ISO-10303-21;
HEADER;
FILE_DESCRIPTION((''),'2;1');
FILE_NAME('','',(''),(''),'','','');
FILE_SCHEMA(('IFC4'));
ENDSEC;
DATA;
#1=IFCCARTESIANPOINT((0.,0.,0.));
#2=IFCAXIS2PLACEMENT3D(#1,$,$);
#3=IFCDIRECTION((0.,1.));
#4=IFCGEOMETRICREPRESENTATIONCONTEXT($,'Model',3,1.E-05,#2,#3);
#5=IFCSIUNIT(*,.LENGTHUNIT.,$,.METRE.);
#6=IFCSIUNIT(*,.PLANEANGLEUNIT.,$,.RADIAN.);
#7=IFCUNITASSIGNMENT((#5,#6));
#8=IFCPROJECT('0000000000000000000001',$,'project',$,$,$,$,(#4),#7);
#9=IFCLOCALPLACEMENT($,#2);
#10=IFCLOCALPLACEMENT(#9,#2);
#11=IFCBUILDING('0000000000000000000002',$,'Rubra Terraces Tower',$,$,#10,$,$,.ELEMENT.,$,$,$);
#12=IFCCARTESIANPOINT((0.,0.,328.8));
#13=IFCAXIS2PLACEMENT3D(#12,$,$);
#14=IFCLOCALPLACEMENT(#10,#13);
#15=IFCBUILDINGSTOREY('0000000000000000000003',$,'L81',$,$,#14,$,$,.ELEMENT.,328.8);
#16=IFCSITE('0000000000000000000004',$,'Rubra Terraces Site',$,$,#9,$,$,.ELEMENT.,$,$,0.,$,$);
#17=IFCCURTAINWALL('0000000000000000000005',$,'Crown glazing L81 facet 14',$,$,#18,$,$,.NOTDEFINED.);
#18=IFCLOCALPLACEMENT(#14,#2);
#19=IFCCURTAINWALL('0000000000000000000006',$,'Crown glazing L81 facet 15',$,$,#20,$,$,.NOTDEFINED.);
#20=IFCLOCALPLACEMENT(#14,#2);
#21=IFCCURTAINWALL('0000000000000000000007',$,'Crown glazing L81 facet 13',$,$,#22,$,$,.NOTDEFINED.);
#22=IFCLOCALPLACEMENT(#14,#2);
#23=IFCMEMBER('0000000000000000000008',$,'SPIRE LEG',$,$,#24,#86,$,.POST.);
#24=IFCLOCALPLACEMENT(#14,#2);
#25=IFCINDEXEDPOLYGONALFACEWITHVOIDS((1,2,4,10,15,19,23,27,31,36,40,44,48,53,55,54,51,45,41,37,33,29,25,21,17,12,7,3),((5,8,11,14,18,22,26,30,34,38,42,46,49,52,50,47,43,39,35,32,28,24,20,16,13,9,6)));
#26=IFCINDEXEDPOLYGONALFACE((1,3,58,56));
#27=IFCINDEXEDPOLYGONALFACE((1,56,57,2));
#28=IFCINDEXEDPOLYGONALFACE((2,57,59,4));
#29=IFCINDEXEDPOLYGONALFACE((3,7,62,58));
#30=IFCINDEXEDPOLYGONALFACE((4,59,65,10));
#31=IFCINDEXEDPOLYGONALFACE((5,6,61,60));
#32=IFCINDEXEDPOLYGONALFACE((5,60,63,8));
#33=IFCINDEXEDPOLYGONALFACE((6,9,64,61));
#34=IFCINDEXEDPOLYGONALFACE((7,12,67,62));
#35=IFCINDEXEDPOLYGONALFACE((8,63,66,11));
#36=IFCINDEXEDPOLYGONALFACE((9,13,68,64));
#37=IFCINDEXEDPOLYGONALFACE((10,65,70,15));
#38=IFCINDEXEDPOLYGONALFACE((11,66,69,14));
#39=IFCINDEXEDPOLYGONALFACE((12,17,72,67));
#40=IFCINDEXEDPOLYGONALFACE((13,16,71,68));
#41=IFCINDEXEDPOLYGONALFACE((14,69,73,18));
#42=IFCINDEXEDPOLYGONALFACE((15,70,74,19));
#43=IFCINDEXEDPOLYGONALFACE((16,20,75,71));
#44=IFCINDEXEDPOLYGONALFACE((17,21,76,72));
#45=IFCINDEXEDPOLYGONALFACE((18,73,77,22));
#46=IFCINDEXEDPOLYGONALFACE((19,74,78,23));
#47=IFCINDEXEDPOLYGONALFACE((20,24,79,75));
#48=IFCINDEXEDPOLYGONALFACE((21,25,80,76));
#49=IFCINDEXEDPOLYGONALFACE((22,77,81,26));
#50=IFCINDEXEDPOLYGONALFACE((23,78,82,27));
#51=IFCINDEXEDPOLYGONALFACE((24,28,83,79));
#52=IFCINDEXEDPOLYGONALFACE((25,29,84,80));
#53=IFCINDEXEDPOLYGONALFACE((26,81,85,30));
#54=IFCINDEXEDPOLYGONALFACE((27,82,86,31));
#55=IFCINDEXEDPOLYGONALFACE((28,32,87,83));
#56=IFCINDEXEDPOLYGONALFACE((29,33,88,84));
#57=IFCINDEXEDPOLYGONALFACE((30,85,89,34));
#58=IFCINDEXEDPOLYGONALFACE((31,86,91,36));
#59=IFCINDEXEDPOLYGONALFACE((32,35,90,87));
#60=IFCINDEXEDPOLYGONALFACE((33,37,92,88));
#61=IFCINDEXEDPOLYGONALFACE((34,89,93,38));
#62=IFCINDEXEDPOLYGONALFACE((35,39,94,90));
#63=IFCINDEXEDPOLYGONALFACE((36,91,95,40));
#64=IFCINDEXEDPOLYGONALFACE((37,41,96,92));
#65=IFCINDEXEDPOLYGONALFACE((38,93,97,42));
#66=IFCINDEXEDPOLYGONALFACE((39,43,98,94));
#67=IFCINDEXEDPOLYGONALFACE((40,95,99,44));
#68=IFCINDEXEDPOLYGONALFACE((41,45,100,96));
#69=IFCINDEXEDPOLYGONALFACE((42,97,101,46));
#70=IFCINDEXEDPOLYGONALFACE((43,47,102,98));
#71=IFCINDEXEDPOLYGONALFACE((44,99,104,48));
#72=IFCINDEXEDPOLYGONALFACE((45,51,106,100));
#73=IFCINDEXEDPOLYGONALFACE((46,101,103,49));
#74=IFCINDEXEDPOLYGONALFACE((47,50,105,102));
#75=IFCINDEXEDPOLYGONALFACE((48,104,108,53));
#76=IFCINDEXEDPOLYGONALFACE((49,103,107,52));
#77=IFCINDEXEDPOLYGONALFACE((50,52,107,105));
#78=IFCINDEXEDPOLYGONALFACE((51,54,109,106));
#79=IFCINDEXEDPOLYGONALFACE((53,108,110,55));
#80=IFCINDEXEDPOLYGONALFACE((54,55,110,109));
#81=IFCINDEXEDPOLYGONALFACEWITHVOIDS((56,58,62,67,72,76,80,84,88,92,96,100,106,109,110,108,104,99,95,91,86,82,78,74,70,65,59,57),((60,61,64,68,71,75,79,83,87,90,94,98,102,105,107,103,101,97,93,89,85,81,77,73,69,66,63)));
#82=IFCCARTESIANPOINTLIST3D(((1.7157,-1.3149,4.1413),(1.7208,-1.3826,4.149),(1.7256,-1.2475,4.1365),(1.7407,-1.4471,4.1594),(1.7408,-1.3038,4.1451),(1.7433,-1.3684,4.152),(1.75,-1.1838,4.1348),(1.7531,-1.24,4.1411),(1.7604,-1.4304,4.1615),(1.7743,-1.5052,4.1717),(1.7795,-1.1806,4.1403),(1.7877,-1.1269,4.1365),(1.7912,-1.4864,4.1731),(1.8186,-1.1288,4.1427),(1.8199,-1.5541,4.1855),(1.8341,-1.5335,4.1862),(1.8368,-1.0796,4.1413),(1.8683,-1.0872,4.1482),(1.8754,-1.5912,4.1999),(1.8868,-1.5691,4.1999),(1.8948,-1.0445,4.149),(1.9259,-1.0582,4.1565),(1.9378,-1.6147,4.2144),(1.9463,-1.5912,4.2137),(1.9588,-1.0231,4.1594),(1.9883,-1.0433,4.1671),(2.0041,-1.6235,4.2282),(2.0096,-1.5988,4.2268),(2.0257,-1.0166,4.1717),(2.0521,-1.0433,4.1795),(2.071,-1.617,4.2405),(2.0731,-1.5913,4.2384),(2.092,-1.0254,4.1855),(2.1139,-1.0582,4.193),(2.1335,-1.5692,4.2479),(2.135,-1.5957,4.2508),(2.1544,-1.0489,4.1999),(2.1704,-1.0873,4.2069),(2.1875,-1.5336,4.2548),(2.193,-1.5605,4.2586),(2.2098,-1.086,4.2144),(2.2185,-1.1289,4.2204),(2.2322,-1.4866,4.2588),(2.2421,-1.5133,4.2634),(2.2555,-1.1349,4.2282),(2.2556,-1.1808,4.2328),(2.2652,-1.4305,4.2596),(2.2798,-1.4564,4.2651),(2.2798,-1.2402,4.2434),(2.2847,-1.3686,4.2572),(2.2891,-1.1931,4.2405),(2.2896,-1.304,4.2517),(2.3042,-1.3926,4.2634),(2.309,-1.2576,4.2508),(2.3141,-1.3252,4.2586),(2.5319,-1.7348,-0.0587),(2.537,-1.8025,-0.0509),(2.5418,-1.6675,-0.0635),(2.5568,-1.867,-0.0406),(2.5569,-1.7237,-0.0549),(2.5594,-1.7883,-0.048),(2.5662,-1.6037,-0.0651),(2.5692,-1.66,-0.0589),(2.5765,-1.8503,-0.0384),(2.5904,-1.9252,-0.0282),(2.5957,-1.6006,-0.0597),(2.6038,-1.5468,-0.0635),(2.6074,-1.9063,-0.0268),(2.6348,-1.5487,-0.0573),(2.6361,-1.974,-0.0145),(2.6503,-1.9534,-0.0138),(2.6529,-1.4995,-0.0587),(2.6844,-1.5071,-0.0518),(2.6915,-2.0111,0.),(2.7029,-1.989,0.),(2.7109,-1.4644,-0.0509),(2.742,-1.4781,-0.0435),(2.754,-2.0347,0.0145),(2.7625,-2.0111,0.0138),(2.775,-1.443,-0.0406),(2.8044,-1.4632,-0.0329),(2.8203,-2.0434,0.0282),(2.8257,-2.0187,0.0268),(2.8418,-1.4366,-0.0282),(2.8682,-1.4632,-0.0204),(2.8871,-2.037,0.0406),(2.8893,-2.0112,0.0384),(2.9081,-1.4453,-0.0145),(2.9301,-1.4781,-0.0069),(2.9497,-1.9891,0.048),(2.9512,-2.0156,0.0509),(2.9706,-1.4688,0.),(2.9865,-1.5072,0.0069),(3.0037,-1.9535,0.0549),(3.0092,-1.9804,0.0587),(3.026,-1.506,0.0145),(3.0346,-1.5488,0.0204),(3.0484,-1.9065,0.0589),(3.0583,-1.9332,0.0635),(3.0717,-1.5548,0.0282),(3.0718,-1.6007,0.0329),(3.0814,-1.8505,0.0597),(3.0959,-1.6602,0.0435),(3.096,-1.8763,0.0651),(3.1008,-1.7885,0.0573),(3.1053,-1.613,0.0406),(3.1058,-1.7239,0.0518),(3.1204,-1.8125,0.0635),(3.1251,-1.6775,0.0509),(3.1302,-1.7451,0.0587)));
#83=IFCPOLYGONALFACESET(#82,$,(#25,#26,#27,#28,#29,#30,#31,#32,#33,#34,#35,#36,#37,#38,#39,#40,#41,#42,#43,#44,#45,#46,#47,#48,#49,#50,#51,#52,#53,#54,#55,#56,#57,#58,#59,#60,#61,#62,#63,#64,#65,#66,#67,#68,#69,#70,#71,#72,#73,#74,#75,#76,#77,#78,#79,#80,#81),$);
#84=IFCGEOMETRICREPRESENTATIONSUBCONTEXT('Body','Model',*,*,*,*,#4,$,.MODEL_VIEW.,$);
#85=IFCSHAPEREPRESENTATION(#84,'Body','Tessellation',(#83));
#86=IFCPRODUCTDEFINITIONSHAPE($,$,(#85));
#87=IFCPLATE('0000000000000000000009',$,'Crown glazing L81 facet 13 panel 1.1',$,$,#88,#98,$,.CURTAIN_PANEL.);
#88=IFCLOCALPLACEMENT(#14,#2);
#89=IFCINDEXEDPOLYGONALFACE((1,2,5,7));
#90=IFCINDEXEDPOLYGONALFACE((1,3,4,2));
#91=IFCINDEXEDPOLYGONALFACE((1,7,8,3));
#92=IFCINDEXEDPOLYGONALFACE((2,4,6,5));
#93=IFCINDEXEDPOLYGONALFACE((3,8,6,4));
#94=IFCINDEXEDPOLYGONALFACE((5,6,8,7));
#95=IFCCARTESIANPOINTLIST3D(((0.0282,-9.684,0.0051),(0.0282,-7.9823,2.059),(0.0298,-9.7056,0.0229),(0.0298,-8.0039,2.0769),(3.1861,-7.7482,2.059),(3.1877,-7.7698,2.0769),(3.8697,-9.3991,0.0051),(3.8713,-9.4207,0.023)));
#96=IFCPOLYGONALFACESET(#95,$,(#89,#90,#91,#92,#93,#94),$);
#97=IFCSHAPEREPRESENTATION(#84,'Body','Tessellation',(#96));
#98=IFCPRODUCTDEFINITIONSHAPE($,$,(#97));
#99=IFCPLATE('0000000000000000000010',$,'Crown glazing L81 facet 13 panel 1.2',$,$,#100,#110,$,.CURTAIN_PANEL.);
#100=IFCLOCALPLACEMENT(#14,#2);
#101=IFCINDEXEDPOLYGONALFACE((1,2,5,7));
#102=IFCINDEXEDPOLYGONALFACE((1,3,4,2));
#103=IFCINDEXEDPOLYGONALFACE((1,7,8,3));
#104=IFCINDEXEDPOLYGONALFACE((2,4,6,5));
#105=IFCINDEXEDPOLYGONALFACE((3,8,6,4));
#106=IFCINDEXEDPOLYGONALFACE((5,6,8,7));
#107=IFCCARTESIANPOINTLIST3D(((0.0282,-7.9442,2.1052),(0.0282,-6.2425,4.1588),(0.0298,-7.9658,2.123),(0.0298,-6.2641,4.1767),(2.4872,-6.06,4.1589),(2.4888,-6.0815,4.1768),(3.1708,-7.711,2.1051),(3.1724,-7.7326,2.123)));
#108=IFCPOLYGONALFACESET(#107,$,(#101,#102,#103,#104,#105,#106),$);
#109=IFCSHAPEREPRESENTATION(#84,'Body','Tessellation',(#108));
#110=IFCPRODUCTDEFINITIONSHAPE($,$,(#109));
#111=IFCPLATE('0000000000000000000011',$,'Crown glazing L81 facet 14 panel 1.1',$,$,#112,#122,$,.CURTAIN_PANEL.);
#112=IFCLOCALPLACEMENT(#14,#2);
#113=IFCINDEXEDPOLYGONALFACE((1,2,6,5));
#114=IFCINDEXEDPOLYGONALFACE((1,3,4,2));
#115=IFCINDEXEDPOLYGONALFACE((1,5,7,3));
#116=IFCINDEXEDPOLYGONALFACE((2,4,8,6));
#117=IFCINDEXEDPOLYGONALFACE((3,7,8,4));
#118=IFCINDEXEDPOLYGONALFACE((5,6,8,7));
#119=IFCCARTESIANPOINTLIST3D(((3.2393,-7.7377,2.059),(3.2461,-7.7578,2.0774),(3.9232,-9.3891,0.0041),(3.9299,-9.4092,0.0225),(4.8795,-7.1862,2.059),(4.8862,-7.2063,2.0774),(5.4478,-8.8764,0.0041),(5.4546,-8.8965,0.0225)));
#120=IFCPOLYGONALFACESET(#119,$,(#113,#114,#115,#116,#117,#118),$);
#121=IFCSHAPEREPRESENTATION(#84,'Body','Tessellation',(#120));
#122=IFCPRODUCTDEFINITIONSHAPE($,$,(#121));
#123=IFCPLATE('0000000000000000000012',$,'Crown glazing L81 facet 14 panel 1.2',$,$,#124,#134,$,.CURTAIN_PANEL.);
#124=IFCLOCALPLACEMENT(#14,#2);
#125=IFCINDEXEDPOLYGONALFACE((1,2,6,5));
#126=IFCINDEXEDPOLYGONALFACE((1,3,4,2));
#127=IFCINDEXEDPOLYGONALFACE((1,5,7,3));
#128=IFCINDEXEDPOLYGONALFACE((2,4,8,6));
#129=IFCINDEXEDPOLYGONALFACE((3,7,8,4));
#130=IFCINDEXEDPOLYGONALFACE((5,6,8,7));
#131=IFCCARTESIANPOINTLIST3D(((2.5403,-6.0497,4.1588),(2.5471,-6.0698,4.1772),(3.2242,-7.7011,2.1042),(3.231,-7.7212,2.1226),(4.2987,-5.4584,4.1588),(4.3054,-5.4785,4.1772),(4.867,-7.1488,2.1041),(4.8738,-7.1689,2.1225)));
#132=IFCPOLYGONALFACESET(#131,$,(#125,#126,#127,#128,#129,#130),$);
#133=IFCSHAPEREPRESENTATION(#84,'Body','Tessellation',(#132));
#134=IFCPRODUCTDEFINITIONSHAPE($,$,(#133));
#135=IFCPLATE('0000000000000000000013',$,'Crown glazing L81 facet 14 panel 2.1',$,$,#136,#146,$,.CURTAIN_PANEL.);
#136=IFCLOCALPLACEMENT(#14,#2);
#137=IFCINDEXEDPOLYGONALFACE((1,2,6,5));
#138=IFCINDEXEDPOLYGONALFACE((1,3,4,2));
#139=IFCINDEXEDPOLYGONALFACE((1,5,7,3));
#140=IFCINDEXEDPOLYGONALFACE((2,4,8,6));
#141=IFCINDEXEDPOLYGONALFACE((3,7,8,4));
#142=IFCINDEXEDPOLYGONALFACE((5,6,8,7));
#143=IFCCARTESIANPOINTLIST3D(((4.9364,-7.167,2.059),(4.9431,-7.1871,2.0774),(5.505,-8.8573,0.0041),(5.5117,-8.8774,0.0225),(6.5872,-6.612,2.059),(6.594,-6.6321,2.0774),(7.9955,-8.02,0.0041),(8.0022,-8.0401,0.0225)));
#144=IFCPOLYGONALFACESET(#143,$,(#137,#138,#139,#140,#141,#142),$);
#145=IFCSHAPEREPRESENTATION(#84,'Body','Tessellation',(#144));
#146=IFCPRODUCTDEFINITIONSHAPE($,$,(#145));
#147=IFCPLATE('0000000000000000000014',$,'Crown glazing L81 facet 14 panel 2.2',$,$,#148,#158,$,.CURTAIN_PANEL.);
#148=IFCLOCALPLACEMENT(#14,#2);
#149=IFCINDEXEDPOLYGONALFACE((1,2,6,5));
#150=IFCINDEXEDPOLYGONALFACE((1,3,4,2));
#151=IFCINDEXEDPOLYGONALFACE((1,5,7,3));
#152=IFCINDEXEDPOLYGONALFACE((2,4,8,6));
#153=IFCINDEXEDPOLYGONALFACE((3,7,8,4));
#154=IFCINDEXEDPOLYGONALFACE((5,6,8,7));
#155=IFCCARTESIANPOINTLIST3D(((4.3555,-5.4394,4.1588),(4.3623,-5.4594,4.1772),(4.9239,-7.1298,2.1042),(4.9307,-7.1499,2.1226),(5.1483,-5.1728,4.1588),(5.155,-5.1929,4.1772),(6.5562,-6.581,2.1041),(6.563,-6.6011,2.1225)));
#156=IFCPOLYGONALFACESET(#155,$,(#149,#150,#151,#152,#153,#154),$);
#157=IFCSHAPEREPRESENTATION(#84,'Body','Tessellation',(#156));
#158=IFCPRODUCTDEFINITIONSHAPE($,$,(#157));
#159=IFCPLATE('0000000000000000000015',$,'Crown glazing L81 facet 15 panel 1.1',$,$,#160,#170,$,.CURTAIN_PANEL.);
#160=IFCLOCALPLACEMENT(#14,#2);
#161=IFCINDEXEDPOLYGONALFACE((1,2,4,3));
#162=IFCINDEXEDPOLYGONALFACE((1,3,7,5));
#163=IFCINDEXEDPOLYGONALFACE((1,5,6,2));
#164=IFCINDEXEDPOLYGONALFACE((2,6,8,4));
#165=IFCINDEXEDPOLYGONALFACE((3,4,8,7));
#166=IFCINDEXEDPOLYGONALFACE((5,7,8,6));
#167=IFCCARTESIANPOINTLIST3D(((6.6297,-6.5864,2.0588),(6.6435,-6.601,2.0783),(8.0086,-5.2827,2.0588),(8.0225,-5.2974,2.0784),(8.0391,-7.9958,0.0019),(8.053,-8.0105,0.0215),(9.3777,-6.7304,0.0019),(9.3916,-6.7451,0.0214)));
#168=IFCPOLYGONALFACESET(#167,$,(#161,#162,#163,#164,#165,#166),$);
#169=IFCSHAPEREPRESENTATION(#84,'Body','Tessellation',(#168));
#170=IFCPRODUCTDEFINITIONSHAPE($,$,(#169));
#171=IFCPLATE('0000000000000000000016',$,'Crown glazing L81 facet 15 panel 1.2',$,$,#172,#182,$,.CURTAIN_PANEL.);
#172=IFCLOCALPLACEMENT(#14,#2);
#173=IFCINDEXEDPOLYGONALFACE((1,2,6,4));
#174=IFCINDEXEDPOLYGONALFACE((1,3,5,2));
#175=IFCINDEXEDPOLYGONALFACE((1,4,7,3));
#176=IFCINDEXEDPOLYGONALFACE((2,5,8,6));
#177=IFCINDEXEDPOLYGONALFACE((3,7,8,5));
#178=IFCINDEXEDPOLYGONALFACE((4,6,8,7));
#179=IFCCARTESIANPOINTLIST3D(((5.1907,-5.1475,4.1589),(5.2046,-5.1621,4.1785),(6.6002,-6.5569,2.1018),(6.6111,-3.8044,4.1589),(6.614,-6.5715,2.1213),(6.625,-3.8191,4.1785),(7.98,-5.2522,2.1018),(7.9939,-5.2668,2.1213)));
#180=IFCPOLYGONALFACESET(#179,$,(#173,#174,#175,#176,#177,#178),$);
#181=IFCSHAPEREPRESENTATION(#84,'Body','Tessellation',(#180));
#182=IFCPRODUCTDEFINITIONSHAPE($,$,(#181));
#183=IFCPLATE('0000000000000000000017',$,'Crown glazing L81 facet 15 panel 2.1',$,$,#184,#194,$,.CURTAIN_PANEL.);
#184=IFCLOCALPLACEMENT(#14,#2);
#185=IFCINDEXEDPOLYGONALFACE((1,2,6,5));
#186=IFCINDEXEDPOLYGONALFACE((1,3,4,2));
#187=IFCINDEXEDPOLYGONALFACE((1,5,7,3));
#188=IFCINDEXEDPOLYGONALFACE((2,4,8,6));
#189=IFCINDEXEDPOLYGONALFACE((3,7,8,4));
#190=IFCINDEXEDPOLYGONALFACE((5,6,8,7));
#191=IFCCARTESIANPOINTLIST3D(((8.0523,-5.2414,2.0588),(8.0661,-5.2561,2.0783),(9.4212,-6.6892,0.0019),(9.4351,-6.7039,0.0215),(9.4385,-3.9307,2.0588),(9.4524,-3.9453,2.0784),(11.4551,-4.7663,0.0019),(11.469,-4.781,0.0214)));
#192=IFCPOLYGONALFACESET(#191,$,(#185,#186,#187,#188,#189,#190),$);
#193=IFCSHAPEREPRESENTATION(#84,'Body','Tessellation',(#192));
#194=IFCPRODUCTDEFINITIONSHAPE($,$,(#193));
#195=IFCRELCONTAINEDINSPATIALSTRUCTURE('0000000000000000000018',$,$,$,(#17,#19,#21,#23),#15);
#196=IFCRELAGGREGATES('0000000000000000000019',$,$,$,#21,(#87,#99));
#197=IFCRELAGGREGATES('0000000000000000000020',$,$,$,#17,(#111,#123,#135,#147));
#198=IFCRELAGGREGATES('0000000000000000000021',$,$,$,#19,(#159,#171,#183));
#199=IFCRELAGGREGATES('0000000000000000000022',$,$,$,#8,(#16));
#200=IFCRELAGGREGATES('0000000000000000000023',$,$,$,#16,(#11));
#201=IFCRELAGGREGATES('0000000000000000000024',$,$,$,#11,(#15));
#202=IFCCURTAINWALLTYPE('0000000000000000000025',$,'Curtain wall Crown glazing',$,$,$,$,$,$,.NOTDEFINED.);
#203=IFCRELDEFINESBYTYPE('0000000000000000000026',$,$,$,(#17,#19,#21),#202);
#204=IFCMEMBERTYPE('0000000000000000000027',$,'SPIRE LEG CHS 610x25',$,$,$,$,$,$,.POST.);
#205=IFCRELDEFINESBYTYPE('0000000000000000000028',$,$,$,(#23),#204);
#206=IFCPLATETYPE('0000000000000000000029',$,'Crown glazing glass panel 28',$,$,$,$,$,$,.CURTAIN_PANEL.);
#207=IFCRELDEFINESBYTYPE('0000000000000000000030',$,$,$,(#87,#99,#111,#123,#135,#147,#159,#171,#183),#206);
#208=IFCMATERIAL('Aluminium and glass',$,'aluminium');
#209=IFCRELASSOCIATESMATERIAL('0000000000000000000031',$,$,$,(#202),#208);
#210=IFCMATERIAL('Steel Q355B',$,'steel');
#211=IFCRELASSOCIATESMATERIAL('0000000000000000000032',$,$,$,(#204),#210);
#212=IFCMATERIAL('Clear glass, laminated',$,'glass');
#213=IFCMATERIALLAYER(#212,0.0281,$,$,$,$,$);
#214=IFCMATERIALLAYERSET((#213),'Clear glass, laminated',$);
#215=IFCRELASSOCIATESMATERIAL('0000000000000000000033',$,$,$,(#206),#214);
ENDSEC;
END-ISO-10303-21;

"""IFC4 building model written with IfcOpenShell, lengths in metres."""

from ifc_helpers import new_model, si_unit, direction, frame, origin, origin_2d, place, context, subcontext, project, spatial, polyline, hollow_circle, outline, extrude, material, layer, layer_set, material_profile, profile_set, type_object, element, aggregate, save


model = new_model("IFC4")

# Units and contexts
model_context = context("Model", 3, precision=1e-05, world=origin(), true_north=direction((0.0, 1.0)))
body_context = subcontext(model_context, "Body", "Model", "MODEL_VIEW")
ifc_project = project(units=[si_unit("LENGTHUNIT", "METRE"), si_unit("PLANEANGLEUNIT", "RADIAN")], contexts=[model_context])

# Site, building, storey
site_placement = place(None, origin())
site = spatial("IfcSite", under=ifc_project, at=site_placement, Name="Rubra Terraces Site", CompositionType="ELEMENT", RefElevation=0.0)
building_placement = place(site_placement, origin())
building = spatial("IfcBuilding", under=site, at=building_placement, Name="Rubra Terraces Tower", CompositionType="ELEMENT")
storey_placement = place(building_placement, frame((0.0, 0.0, 328.8)))
storey = spatial("IfcBuildingStorey", under=building, at=storey_placement, Name="L81", CompositionType="ELEMENT", Elevation=328.8)

# Shared definitions
ifc_material_1 = material(Name="Steel Q355B", Category="steel")

# Curtain walls
ifc_material_2 = material(Name="Aluminium and glass", Category="aluminium")
curtain_wall_type = type_object("IfcCurtainWallType", Name="Curtain wall Crown glazing", PredefinedType="NOTDEFINED", material=ifc_material_2)
curtain_wall_1_placement = place(storey_placement, origin())
curtain_wall_1 = element("IfcCurtainWall", 1, at=curtain_wall_1_placement, inside=storey, type_object=curtain_wall_type, Name="Crown glazing L81 facet 14", PredefinedType="NOTDEFINED")
curtain_wall_2_placement = place(storey_placement, origin())
curtain_wall_2 = element("IfcCurtainWall", 2, at=curtain_wall_2_placement, inside=storey, type_object=curtain_wall_type, Name="Crown glazing L81 facet 15", PredefinedType="NOTDEFINED")

# Curtain wall
curtain_wall_3_placement = place(storey_placement, origin())
curtain_wall_3 = element("IfcCurtainWall", 3, at=curtain_wall_3_placement, inside=storey, type_object=curtain_wall_type, Name="Crown glazing L81 facet 13", PredefinedType="NOTDEFINED")

# Member
ifc_material_profile_1 = material_profile(ifc_material_1, hollow_circle(Radius=0.3049, WallThickness=0.0249, at=origin_2d()), Name="CHS 610x25")
ifc_profile_set_1 = profile_set([ifc_material_profile_1], Name="Steel Q355B")
member_type_1 = type_object("IfcMemberType", Name="SPIRE LEG CHS 610x25", PredefinedType="POST", material=ifc_profile_set_1)
member_1_placement = place(storey_placement, frame((2.8311, -1.74, 0.0), z_axis=(-0.189846, 0.097677, 0.976943), x_axis=(-0.457504, -0.889207, 0.0)))
element("IfcMember", 4, at=member_1_placement, inside=storey, type_object=member_type_1, Name="SPIRE LEG", PredefinedType="POST", context=body_context, shape_type="SweptSolid", body=[
    extrude(hollow_circle(Radius=0.3049, WallThickness=0.0249, at=origin_2d()), origin(), (0.0, 0.0, 1.0), 4.2991),
])

# Plates
ifc_material_3 = material(Name="Clear glass, laminated", Category="glass")
ifc_layer = layer(ifc_material_3, 0.0281)
ifc_layer_set = layer_set([ifc_layer], Name="Clear glass, laminated")
plate_type = type_object("IfcPlateType", Name="Crown glazing glass panel 28", PredefinedType="CURTAIN_PANEL", material=ifc_layer_set)
plate_1_placement = place(storey_placement, frame((0.0298, -9.7056, 0.0229), z_axis=(0.057011, -0.768812, 0.636928), x_axis=(0.997262, 0.073956, 0.000006)))
plate_1 = element("IfcPlate", 5, at=plate_1_placement, type_object=plate_type, Name="Crown glazing L81 facet 13 panel 1.1", PredefinedType="CURTAIN_PANEL", context=body_context, shape_type="SweptSolid", body=[
    extrude(outline(polyline([(0.0, 0.0), (3.8521, 0.0), (3.2925, 2.6643), (0.1259, 2.6643), (0.0, 0.0)])), origin(), (0.0, 0.0, -1.0), 0.0281),
])
plate_2_placement = place(storey_placement, frame((0.0298, -7.9658, 2.123), z_axis=(0.05706, -0.768746, 0.637004), x_axis=(0.997258, 0.074008, -0.000016)))
plate_2 = element("IfcPlate", 6, at=plate_2_placement, type_object=plate_type, Name="Crown glazing L81 facet 13 panel 1.2", PredefinedType="CURTAIN_PANEL", context=body_context, shape_type="SweptSolid", body=[
    extrude(outline(polyline([(0.0, 0.0), (3.1512, 0.0), (2.5917, 2.6642), (0.1259, 2.6641), (0.0, 0.0)])), origin(), (0.0, 0.0, -1.0), 0.0281),
])
aggregate(curtain_wall_3, [plate_1, plate_2])
plate_3_placement = place(storey_placement, frame((3.9299, -9.4092, 0.0225), z_axis=(0.240728, -0.715889, 0.655403), x_axis=(0.947846, 0.318729, 0.000002)))
plate_3 = element("IfcPlate", 7, at=plate_3_placement, type_object=plate_type, Name="Crown glazing L81 facet 14 panel 1.1", PredefinedType="CURTAIN_PANEL", context=body_context, shape_type="SweptSolid", body=[
    extrude(outline(polyline([(0.0, 0.0), (1.6086, 0.0), (1.6085, 2.7208), (-0.1218, 2.7208), (0.0, 0.0)])), origin(), (0.0, 0.0, -1.0), 0.0281),
])
plate_4_placement = place(storey_placement, frame((3.231, -7.7212, 2.1226), z_axis=(0.240686, -0.71584, 0.655472), x_axis=(0.947866, 0.31867, -0.000032)))
plate_4 = element("IfcPlate", 8, at=plate_4_placement, type_object=plate_type, Name="Crown glazing L81 facet 14 panel 1.2", PredefinedType="CURTAIN_PANEL", context=body_context, shape_type="SweptSolid", body=[
    extrude(outline(polyline([(0.0, 0.0), (1.7332, 0.0), (1.7331, 2.7207), (-0.122, 2.7206), (0.0, 0.0)])), origin(), (0.0, 0.0, -1.0), 0.0281),
])
plate_5_placement = place(storey_placement, frame((5.5117, -8.8774, 0.0225), z_axis=(0.240676, -0.715866, 0.655448), x_axis=(0.947859, 0.318689, 0.000017)))
plate_5 = element("IfcPlate", 9, at=plate_5_placement, type_object=plate_type, Name="Crown glazing L81 facet 14 panel 2.1", PredefinedType="CURTAIN_PANEL", context=body_context, shape_type="SweptSolid", body=[
    extrude(outline(polyline([(0.0, 0.0), (2.6275, 0.0), (1.7415, 2.7209), (-0.0002, 2.721), (0.0, 0.0)])), origin(), (0.0, 0.0, -1.0), 0.0281),
])
plate_6_placement = place(storey_placement, frame((4.9307, -7.1499, 2.1226), z_axis=(0.240693, -0.715808, 0.655504), x_axis=(0.947853, 0.318707, -0.000012)))
plate_6 = element("IfcPlate", 10, at=plate_6_placement, type_object=plate_type, Name="Crown glazing L81 facet 14 panel 2.2", PredefinedType="CURTAIN_PANEL", context=body_context, shape_type="SweptSolid", body=[
    extrude(outline(polyline([(0.0, 0.0), (1.7221, 0.0), (0.8364, 2.7208), (0.0, 2.7207), (0.0, 0.0)])), origin(), (0.0, 0.0, -1.0), 0.0281),
])
aggregate(curtain_wall_1, [plate_3, plate_4, plate_5, plate_6])
plate_7_placement = place(storey_placement, frame((8.053, -8.0105, 0.0215), z_axis=(0.493427, -0.521937, 0.695781), x_axis=(0.726691, 0.686965, -0.000024)))
plate_7 = element("IfcPlate", 11, at=plate_7_placement, type_object=plate_type, Name="Crown glazing L81 facet 15 panel 1.1", PredefinedType="CURTAIN_PANEL", context=body_context, shape_type="SweptSolid", body=[
    extrude(outline(polyline([(0.0, 0.0), (1.842, 0.0), (1.8416, 2.8638), (-0.056, 2.8637), (0.0, 0.0)])), origin(), (0.0, 0.0, -1.0), 0.0281),
])
plate_8_placement = place(storey_placement, frame((6.614, -6.5715, 2.1213), z_axis=(0.493502, -0.521942, 0.695724), x_axis=(0.726627, 0.687032, -0.000001)))
plate_8 = element("IfcPlate", 12, at=plate_8_placement, type_object=plate_type, Name="Crown glazing L81 facet 15 panel 1.2", PredefinedType="CURTAIN_PANEL", context=body_context, shape_type="SweptSolid", body=[
    extrude(outline(polyline([(0.0, 0.0), (1.899, 0.0), (1.899, 2.8639), (-0.0558, 2.8638), (0.0, 0.0)])), origin(), (0.0, 0.0, -1.0), 0.0281),
])
plate_9_placement = place(storey_placement, frame((9.4351, -6.7039, 0.0215), z_axis=(0.493446, -0.521909, 0.695788), x_axis=(0.726657, 0.687, -0.000021)))
plate_9 = element("IfcPlate", 13, at=plate_9_placement, type_object=plate_type, Name="Crown glazing L81 facet 15 panel 2.1", PredefinedType="CURTAIN_PANEL", context=body_context, shape_type="SweptSolid", body=[
    extrude(outline(polyline([(0.0, 0.0), (2.799, 0.0), (1.9077, 2.8638), (-0.0002, 2.8637), (0.0, 0.0)])), origin(), (0.0, 0.0, -1.0), 0.0281),
])
aggregate(curtain_wall_2, [plate_7, plate_8, plate_9])

save(model, "model.ifc")
